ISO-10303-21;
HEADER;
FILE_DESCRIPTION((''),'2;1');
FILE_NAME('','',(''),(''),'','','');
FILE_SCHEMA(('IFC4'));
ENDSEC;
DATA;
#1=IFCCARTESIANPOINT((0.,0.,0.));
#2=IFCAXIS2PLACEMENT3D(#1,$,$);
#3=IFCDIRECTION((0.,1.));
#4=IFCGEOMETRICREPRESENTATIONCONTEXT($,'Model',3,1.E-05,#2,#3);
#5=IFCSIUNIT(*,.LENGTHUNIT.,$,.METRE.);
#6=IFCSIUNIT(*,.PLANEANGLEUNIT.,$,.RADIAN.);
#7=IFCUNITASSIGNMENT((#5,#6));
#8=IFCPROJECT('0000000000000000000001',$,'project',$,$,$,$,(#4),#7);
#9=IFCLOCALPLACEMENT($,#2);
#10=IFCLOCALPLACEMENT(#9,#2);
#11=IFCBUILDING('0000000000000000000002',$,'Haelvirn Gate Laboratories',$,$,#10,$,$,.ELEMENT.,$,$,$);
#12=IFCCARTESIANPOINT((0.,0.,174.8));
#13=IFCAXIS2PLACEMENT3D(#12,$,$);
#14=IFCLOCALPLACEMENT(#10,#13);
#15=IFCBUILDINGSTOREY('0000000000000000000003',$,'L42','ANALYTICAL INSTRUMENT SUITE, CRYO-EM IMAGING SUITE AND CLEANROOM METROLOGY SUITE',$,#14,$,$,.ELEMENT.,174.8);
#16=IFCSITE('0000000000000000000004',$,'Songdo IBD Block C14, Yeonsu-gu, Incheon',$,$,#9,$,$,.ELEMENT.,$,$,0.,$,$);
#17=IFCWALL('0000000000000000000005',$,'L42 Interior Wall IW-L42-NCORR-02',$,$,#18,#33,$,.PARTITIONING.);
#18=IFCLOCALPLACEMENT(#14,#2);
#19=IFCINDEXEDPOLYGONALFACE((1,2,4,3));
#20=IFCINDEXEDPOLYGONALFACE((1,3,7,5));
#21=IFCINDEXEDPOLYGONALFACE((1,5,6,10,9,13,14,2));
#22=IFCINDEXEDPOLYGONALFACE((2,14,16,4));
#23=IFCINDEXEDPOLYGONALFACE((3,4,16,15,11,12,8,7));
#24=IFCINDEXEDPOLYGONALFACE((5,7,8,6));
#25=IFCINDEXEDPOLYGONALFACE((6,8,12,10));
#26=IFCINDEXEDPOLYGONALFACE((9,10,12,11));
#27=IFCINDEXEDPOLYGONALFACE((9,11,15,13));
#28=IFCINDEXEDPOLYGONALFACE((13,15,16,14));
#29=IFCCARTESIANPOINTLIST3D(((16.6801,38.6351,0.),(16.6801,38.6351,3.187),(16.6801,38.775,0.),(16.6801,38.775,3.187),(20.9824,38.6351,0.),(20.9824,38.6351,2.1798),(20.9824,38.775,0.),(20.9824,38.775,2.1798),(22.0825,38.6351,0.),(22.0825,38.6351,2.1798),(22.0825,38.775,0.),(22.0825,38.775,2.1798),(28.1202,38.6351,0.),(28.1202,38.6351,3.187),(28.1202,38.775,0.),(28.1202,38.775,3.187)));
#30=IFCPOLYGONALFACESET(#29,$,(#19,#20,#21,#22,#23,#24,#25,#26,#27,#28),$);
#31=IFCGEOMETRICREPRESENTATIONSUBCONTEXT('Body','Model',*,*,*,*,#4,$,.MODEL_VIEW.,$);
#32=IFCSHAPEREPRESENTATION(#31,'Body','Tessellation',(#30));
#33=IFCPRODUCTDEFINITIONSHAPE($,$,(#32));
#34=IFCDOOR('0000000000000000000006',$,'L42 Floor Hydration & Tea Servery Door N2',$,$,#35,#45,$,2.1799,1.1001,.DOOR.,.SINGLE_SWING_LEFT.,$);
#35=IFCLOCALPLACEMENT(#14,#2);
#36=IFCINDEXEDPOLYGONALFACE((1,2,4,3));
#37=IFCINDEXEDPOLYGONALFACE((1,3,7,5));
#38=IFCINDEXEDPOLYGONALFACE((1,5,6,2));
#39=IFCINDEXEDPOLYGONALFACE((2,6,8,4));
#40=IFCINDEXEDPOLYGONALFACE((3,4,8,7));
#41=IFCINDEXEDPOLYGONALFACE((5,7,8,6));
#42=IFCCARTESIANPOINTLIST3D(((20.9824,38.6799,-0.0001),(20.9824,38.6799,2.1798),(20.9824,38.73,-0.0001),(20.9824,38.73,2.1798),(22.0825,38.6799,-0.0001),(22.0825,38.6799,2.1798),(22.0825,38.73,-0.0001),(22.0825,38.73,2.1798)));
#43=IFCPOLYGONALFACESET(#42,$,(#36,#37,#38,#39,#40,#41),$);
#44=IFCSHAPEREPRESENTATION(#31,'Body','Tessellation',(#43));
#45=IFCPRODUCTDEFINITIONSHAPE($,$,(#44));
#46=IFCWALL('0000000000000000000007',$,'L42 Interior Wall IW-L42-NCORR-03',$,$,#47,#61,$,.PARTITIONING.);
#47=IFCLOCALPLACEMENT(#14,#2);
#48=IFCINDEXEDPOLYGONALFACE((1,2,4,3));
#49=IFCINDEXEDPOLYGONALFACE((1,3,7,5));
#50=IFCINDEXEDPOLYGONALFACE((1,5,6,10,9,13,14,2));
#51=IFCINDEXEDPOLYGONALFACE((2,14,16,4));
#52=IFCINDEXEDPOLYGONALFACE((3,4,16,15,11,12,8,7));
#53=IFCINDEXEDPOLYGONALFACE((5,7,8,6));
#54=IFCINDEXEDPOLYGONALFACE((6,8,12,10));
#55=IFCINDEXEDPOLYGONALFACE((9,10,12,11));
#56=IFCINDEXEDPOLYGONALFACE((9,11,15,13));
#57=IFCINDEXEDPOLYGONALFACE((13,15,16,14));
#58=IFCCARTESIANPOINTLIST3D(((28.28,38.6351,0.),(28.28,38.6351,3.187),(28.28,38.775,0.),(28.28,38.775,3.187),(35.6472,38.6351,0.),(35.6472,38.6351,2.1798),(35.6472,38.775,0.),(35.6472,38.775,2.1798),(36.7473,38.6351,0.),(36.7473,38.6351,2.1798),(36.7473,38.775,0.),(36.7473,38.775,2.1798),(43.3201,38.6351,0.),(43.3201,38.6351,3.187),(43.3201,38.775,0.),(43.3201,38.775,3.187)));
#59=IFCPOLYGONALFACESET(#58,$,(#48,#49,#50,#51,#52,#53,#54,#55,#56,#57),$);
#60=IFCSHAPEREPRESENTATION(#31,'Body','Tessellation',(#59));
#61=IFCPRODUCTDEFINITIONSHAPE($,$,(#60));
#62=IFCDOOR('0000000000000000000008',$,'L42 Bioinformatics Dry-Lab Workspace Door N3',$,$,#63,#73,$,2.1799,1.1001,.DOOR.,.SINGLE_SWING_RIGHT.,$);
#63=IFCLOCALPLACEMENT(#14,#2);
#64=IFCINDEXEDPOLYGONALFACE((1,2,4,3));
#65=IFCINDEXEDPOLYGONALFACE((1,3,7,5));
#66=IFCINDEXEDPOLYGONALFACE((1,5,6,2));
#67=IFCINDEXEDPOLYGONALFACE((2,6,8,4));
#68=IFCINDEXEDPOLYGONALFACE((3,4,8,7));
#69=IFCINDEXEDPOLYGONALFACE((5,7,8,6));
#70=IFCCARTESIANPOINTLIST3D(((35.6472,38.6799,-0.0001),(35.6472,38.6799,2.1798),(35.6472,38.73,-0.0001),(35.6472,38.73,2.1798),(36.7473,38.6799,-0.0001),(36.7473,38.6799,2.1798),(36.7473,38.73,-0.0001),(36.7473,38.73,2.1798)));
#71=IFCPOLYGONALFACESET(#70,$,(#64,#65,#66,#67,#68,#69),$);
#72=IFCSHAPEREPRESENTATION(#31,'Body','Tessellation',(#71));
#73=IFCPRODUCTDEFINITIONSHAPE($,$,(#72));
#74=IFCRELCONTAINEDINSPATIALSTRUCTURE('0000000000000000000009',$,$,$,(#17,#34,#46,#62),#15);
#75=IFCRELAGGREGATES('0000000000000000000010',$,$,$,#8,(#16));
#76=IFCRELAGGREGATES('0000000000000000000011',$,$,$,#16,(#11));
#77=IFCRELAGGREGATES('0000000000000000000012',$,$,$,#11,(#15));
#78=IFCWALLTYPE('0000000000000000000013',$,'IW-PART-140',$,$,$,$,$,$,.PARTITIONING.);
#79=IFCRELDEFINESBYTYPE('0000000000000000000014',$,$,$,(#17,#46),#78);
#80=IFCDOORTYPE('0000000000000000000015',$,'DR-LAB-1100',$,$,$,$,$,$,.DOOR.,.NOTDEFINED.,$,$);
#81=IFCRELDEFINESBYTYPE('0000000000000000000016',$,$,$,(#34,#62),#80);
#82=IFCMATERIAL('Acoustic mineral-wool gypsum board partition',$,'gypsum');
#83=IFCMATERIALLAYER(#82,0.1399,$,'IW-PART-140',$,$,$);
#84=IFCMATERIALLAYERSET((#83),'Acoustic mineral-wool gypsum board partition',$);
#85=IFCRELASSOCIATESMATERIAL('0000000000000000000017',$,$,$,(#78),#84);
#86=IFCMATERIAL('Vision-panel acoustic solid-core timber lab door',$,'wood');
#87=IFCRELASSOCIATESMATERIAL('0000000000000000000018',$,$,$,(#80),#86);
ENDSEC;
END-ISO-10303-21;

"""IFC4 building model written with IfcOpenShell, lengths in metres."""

from ifc_helpers import new_model, si_unit, direction, frame, frame_2d, origin, place, context, subcontext, project, spatial, rectangle, extrude, source, transform, mapped, material, layer, layer_set, type_object, type_shapes, element, fill, save


model = new_model("IFC4")

# Units and contexts
model_context = context("Model", 3, precision=1e-05, world=origin(), true_north=direction((0.0, 1.0)))
body_context = subcontext(model_context, "Body", "Model", "MODEL_VIEW")
ifc_project = project(units=[si_unit("LENGTHUNIT", "METRE"), si_unit("PLANEANGLEUNIT", "RADIAN")], contexts=[model_context])

# Site, building, storey
site_placement = place(None, origin())
site = spatial("IfcSite", under=ifc_project, at=site_placement, Name="Songdo IBD Block C14, Yeonsu-gu, Incheon", CompositionType="ELEMENT", RefElevation=0.0)
building_placement = place(site_placement, origin())
building = spatial("IfcBuilding", under=site, at=building_placement, Name="Haelvirn Gate Laboratories", CompositionType="ELEMENT")
storey_placement = place(building_placement, frame((0.0, 0.0, 174.8)))
storey = spatial("IfcBuildingStorey", under=building, at=storey_placement, Name="L42", Description="ANALYTICAL INSTRUMENT SUITE, CRYO-EM IMAGING SUITE AND CLEANROOM METROLOGY SUITE", CompositionType="ELEMENT", Elevation=174.8)

# Walls, openings, doors
ifc_material_1 = material(Name="Acoustic mineral-wool gypsum board partition", Category="gypsum")
ifc_layer_1 = layer(ifc_material_1, 0.1399, Name="IW-PART-140")
ifc_layer_set_1 = layer_set([ifc_layer_1], Name="Acoustic mineral-wool gypsum board partition")
wall_type_1 = type_object("IfcWallType", Name="IW-PART-140", PredefinedType="PARTITIONING", material=ifc_layer_set_1)
wall_1_placement = place(storey_placement, frame((16.6799, 38.7051, 0.0), z_axis=(0.0, 0.0, 1.0), x_axis=(1.0, 0.0, 0.0)))
wall_1 = element("IfcWall", 1, at=wall_1_placement, inside=storey, type_object=wall_type_1, Name="L42 Interior Wall IW-L42-NCORR-02", PredefinedType="PARTITIONING", context=body_context, shape_type="SweptSolid", body=[
    extrude(rectangle(XDim=11.4402, YDim=0.1399, at=frame_2d((5.7202, 0.0))), origin(), (0.0, 0.0, 1.0), 3.187),
])
opening_1_placement = place(wall_1_placement, frame((4.3025, 0.0, 0.0)))
opening_1 = element("IfcOpeningElement", 2, at=opening_1_placement, cuts=wall_1, PredefinedType="OPENING", context=body_context, shape_type="SweptSolid", body=[
    extrude(rectangle(XDim=1.1001, YDim=2.1799, at=frame_2d((0.55, 1.0898))), frame((0.0, 0.0801, 0.0), z_axis=(0.0, -1.0, 0.0), x_axis=(1.0, 0.0, 0.0)), (0.0, 0.0, 1.0), 0.1599),
])
ifc_material_2 = material(Name="Vision-panel acoustic solid-core timber lab door", Category="wood")
door_type = type_object("IfcDoorType", Name="DR-LAB-1100", OperationType="NOTDEFINED", PredefinedType="DOOR", material=ifc_material_2)
shared_shape_1 = source(origin(), body_context, "Body", "SweptSolid", [
    extrude(rectangle(XDim=1.1001, YDim=2.1799, at=frame_2d((0.55, 1.0898))), frame((0.0, 0.0249, 0.0), z_axis=(0.0, -1.0, 0.0), x_axis=(1.0, 0.0, 0.0)), (0.0, 0.0, 1.0), 0.05),
])
type_shapes(door_type, [shared_shape_1])
door_1_placement = place(opening_1_placement, origin())
door_1 = element("IfcDoor", 3, at=door_1_placement, inside=storey, type_object=door_type, Name="L42 Floor Hydration & Tea Servery Door N2", OperationType="SINGLE_SWING_LEFT", OverallHeight=2.1799, OverallWidth=1.1001, PredefinedType="DOOR", context=body_context, shape_type="MappedRepresentation", body=[
    mapped(shared_shape_1, transform((0.0, 0.0, 0.0), scale=1.0)),
])
fill(opening_1, door_1)
wall_2_placement = place(storey_placement, frame((28.28, 38.7051, 0.0), z_axis=(0.0, 0.0, 1.0), x_axis=(1.0, 0.0, 0.0)))
wall_2 = element("IfcWall", 4, at=wall_2_placement, inside=storey, type_object=wall_type_1, Name="L42 Interior Wall IW-L42-NCORR-03", PredefinedType="PARTITIONING", context=body_context, shape_type="SweptSolid", body=[
    extrude(rectangle(XDim=15.04, YDim=0.1399, at=frame_2d((7.52, 0.0))), origin(), (0.0, 0.0, 1.0), 3.187),
])
opening_2_placement = place(wall_2_placement, frame((7.3672, 0.0, 0.0)))
opening_2 = element("IfcOpeningElement", 5, at=opening_2_placement, cuts=wall_2, PredefinedType="OPENING", context=body_context, shape_type="SweptSolid", body=[
    extrude(rectangle(XDim=1.1001, YDim=2.1799, at=frame_2d((0.55, 1.0898))), frame((0.0, 0.0801, 0.0), z_axis=(0.0, -1.0, 0.0), x_axis=(1.0, 0.0, 0.0)), (0.0, 0.0, 1.0), 0.1599),
])
door_2_placement = place(opening_2_placement, origin())
door_2 = element("IfcDoor", 6, at=door_2_placement, inside=storey, type_object=door_type, Name="L42 Bioinformatics Dry-Lab Workspace Door N3", OperationType="SINGLE_SWING_RIGHT", OverallHeight=2.1799, OverallWidth=1.1001, PredefinedType="DOOR", context=body_context, shape_type="MappedRepresentation", body=[
    mapped(shared_shape_1, transform((0.0, 0.0, 0.0), scale=1.0)),
])
fill(opening_2, door_2)

save(model, "model.ifc")
